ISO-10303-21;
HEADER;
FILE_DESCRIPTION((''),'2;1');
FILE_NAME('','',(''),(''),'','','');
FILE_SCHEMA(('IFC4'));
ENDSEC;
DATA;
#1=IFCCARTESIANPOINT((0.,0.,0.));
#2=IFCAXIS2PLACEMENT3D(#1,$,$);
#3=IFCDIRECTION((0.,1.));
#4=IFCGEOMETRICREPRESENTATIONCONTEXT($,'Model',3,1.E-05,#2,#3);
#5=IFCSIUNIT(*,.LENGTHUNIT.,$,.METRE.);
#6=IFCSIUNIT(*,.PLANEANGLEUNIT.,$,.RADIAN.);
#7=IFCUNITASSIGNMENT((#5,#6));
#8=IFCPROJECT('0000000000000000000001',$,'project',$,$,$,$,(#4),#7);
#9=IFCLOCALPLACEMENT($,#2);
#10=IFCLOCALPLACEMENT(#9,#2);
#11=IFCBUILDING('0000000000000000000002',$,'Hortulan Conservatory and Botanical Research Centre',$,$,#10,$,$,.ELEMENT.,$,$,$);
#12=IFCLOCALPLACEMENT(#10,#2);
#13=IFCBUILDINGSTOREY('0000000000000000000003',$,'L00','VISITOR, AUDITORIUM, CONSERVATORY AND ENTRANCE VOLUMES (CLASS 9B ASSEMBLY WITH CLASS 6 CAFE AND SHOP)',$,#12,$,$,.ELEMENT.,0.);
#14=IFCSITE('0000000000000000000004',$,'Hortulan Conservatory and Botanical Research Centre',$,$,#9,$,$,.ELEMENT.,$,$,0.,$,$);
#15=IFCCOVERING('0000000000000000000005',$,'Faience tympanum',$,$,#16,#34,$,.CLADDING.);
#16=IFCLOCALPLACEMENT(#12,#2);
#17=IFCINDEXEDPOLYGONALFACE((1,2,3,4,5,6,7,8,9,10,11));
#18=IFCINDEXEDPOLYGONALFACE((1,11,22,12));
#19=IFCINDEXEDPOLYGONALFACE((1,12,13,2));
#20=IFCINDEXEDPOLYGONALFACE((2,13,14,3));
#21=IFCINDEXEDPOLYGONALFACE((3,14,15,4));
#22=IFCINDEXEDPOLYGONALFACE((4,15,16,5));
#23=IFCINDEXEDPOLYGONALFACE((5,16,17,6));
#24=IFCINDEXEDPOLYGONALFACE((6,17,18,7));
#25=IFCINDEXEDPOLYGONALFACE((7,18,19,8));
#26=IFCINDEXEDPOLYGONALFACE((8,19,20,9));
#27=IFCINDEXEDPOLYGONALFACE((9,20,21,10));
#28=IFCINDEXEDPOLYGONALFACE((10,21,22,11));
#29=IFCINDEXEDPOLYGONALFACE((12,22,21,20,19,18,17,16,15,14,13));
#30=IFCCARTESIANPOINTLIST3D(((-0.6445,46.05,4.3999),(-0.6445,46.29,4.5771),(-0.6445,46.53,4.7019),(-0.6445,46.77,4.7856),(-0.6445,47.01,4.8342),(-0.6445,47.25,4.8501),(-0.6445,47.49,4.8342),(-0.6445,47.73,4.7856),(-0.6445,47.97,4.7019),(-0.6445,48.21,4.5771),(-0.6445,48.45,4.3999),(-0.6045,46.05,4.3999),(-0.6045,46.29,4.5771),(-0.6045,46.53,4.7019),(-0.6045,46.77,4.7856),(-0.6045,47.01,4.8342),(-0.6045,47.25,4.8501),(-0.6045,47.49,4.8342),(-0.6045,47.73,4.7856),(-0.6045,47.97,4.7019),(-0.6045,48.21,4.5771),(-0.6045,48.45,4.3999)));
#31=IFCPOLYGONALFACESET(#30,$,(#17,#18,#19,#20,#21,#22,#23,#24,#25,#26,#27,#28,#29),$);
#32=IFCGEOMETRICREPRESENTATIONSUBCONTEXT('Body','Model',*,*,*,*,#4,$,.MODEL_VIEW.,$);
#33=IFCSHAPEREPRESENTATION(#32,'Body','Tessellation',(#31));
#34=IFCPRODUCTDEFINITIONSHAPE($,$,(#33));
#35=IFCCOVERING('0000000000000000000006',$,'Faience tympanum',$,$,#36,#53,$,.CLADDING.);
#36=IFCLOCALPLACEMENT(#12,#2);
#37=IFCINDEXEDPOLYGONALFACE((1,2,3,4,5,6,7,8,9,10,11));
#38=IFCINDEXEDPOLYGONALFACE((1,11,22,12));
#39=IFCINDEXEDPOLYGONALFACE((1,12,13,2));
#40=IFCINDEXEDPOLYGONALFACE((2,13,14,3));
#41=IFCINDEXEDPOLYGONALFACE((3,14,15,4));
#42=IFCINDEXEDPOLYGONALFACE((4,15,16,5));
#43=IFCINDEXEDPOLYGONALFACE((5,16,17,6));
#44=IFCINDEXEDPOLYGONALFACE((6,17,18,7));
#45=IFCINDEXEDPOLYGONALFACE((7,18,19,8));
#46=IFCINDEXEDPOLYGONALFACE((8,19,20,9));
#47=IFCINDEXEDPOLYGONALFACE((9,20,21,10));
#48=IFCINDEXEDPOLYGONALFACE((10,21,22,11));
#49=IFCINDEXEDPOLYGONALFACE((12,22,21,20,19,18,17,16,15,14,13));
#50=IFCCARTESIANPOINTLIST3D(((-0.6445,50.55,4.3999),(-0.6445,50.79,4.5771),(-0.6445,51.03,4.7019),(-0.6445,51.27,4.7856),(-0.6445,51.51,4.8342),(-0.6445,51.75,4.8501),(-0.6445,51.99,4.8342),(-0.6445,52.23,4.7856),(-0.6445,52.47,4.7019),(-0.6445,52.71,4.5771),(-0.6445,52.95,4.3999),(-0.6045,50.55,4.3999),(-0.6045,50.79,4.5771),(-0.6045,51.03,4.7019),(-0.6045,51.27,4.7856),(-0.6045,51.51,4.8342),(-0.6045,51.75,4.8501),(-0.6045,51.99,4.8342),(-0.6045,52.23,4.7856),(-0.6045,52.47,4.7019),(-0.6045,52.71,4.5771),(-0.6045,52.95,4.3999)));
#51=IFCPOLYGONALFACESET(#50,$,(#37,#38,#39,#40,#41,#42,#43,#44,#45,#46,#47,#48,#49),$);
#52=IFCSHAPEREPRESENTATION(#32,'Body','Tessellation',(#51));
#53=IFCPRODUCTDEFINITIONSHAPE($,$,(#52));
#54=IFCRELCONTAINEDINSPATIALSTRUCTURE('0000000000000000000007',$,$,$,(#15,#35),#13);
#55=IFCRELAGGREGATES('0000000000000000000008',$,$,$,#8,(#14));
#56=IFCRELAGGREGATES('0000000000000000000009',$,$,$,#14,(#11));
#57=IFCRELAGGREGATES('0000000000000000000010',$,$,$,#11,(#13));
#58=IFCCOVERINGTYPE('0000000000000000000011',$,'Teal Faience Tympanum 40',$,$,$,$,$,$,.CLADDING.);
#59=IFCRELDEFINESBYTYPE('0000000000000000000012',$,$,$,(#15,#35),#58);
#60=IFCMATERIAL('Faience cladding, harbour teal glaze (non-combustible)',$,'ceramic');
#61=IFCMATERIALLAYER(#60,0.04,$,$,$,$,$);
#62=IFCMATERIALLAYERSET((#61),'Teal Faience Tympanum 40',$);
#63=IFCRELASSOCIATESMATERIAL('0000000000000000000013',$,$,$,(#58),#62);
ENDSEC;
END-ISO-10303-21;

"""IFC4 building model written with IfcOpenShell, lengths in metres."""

from ifc_helpers import new_model, si_unit, direction, frame, origin, place, context, subcontext, project, spatial, polyline, outline, extrude, material, layer, layer_set, type_object, element, save


model = new_model("IFC4")

# Units and contexts
model_context = context("Model", 3, precision=1e-05, world=origin(), true_north=direction((0.0, 1.0)))
body_context = subcontext(model_context, "Body", "Model", "MODEL_VIEW")
ifc_project = project(units=[si_unit("LENGTHUNIT", "METRE"), si_unit("PLANEANGLEUNIT", "RADIAN")], contexts=[model_context])

# Site, building, storey
site_placement = place(None, origin())
site = spatial("IfcSite", under=ifc_project, at=site_placement, Name="Hortulan Conservatory and Botanical Research Centre", CompositionType="ELEMENT", RefElevation=0.0)
building_placement = place(site_placement, origin())
building = spatial("IfcBuilding", under=site, at=building_placement, Name="Hortulan Conservatory and Botanical Research Centre", CompositionType="ELEMENT")
storey_placement = place(building_placement, origin())
storey = spatial("IfcBuildingStorey", under=building, at=storey_placement, Name="L00", Description="VISITOR, AUDITORIUM, CONSERVATORY AND ENTRANCE VOLUMES (CLASS 9B ASSEMBLY WITH CLASS 6 CAFE AND SHOP)", CompositionType="ELEMENT", Elevation=0.0)

# Coverings
ifc_material_1 = material(Name="Faience cladding, harbour teal glaze (non-combustible)", Category="ceramic")
ifc_layer_1 = layer(ifc_material_1, 0.04)
ifc_layer_set_1 = layer_set([ifc_layer_1], Name="Teal Faience Tympanum 40")
covering_type_1 = type_object("IfcCoveringType", Name="Teal Faience Tympanum 40", PredefinedType="CLADDING", material=ifc_layer_set_1)
for number, where, z_axis, x_axis, name in (
    (1, (-0.6245, 46.05, 4.3999), (0.0, 0.0, 1.0), (0.0, 1.0, 0.0), "Faience tympanum"),
    (2, (-0.6245, 50.55, 4.3999), (0.0, 0.0, 1.0), (0.0, 1.0, 0.0), "Faience tympanum"),
):
    element("IfcCovering", number, at=place(storey_placement, frame(where, z_axis=z_axis, x_axis=x_axis)), inside=storey, type_object=covering_type_1, Name=name, PredefinedType="CLADDING", context=body_context, shape_type="SweptSolid", body=[
        extrude(outline(polyline([(0.0, 0.0), (0.24, 0.1772), (0.48, 0.302), (0.72, 0.3857), (0.96, 0.4343), (1.2, 0.4502), (1.4399, 0.4343), (1.6799, 0.3857), (1.9199, 0.302), (2.1599, 0.1772), (2.3999, 0.0), (2.3999, 0.0), (0.0, 0.0), (0.0, 0.0)])), frame((0.0, 0.02, 0.0), z_axis=(0.0, -1.0, 0.0), x_axis=(1.0, 0.0, 0.0)), (0.0, 0.0, 1.0), 0.04),
    ])

save(model, "model.ifc")
